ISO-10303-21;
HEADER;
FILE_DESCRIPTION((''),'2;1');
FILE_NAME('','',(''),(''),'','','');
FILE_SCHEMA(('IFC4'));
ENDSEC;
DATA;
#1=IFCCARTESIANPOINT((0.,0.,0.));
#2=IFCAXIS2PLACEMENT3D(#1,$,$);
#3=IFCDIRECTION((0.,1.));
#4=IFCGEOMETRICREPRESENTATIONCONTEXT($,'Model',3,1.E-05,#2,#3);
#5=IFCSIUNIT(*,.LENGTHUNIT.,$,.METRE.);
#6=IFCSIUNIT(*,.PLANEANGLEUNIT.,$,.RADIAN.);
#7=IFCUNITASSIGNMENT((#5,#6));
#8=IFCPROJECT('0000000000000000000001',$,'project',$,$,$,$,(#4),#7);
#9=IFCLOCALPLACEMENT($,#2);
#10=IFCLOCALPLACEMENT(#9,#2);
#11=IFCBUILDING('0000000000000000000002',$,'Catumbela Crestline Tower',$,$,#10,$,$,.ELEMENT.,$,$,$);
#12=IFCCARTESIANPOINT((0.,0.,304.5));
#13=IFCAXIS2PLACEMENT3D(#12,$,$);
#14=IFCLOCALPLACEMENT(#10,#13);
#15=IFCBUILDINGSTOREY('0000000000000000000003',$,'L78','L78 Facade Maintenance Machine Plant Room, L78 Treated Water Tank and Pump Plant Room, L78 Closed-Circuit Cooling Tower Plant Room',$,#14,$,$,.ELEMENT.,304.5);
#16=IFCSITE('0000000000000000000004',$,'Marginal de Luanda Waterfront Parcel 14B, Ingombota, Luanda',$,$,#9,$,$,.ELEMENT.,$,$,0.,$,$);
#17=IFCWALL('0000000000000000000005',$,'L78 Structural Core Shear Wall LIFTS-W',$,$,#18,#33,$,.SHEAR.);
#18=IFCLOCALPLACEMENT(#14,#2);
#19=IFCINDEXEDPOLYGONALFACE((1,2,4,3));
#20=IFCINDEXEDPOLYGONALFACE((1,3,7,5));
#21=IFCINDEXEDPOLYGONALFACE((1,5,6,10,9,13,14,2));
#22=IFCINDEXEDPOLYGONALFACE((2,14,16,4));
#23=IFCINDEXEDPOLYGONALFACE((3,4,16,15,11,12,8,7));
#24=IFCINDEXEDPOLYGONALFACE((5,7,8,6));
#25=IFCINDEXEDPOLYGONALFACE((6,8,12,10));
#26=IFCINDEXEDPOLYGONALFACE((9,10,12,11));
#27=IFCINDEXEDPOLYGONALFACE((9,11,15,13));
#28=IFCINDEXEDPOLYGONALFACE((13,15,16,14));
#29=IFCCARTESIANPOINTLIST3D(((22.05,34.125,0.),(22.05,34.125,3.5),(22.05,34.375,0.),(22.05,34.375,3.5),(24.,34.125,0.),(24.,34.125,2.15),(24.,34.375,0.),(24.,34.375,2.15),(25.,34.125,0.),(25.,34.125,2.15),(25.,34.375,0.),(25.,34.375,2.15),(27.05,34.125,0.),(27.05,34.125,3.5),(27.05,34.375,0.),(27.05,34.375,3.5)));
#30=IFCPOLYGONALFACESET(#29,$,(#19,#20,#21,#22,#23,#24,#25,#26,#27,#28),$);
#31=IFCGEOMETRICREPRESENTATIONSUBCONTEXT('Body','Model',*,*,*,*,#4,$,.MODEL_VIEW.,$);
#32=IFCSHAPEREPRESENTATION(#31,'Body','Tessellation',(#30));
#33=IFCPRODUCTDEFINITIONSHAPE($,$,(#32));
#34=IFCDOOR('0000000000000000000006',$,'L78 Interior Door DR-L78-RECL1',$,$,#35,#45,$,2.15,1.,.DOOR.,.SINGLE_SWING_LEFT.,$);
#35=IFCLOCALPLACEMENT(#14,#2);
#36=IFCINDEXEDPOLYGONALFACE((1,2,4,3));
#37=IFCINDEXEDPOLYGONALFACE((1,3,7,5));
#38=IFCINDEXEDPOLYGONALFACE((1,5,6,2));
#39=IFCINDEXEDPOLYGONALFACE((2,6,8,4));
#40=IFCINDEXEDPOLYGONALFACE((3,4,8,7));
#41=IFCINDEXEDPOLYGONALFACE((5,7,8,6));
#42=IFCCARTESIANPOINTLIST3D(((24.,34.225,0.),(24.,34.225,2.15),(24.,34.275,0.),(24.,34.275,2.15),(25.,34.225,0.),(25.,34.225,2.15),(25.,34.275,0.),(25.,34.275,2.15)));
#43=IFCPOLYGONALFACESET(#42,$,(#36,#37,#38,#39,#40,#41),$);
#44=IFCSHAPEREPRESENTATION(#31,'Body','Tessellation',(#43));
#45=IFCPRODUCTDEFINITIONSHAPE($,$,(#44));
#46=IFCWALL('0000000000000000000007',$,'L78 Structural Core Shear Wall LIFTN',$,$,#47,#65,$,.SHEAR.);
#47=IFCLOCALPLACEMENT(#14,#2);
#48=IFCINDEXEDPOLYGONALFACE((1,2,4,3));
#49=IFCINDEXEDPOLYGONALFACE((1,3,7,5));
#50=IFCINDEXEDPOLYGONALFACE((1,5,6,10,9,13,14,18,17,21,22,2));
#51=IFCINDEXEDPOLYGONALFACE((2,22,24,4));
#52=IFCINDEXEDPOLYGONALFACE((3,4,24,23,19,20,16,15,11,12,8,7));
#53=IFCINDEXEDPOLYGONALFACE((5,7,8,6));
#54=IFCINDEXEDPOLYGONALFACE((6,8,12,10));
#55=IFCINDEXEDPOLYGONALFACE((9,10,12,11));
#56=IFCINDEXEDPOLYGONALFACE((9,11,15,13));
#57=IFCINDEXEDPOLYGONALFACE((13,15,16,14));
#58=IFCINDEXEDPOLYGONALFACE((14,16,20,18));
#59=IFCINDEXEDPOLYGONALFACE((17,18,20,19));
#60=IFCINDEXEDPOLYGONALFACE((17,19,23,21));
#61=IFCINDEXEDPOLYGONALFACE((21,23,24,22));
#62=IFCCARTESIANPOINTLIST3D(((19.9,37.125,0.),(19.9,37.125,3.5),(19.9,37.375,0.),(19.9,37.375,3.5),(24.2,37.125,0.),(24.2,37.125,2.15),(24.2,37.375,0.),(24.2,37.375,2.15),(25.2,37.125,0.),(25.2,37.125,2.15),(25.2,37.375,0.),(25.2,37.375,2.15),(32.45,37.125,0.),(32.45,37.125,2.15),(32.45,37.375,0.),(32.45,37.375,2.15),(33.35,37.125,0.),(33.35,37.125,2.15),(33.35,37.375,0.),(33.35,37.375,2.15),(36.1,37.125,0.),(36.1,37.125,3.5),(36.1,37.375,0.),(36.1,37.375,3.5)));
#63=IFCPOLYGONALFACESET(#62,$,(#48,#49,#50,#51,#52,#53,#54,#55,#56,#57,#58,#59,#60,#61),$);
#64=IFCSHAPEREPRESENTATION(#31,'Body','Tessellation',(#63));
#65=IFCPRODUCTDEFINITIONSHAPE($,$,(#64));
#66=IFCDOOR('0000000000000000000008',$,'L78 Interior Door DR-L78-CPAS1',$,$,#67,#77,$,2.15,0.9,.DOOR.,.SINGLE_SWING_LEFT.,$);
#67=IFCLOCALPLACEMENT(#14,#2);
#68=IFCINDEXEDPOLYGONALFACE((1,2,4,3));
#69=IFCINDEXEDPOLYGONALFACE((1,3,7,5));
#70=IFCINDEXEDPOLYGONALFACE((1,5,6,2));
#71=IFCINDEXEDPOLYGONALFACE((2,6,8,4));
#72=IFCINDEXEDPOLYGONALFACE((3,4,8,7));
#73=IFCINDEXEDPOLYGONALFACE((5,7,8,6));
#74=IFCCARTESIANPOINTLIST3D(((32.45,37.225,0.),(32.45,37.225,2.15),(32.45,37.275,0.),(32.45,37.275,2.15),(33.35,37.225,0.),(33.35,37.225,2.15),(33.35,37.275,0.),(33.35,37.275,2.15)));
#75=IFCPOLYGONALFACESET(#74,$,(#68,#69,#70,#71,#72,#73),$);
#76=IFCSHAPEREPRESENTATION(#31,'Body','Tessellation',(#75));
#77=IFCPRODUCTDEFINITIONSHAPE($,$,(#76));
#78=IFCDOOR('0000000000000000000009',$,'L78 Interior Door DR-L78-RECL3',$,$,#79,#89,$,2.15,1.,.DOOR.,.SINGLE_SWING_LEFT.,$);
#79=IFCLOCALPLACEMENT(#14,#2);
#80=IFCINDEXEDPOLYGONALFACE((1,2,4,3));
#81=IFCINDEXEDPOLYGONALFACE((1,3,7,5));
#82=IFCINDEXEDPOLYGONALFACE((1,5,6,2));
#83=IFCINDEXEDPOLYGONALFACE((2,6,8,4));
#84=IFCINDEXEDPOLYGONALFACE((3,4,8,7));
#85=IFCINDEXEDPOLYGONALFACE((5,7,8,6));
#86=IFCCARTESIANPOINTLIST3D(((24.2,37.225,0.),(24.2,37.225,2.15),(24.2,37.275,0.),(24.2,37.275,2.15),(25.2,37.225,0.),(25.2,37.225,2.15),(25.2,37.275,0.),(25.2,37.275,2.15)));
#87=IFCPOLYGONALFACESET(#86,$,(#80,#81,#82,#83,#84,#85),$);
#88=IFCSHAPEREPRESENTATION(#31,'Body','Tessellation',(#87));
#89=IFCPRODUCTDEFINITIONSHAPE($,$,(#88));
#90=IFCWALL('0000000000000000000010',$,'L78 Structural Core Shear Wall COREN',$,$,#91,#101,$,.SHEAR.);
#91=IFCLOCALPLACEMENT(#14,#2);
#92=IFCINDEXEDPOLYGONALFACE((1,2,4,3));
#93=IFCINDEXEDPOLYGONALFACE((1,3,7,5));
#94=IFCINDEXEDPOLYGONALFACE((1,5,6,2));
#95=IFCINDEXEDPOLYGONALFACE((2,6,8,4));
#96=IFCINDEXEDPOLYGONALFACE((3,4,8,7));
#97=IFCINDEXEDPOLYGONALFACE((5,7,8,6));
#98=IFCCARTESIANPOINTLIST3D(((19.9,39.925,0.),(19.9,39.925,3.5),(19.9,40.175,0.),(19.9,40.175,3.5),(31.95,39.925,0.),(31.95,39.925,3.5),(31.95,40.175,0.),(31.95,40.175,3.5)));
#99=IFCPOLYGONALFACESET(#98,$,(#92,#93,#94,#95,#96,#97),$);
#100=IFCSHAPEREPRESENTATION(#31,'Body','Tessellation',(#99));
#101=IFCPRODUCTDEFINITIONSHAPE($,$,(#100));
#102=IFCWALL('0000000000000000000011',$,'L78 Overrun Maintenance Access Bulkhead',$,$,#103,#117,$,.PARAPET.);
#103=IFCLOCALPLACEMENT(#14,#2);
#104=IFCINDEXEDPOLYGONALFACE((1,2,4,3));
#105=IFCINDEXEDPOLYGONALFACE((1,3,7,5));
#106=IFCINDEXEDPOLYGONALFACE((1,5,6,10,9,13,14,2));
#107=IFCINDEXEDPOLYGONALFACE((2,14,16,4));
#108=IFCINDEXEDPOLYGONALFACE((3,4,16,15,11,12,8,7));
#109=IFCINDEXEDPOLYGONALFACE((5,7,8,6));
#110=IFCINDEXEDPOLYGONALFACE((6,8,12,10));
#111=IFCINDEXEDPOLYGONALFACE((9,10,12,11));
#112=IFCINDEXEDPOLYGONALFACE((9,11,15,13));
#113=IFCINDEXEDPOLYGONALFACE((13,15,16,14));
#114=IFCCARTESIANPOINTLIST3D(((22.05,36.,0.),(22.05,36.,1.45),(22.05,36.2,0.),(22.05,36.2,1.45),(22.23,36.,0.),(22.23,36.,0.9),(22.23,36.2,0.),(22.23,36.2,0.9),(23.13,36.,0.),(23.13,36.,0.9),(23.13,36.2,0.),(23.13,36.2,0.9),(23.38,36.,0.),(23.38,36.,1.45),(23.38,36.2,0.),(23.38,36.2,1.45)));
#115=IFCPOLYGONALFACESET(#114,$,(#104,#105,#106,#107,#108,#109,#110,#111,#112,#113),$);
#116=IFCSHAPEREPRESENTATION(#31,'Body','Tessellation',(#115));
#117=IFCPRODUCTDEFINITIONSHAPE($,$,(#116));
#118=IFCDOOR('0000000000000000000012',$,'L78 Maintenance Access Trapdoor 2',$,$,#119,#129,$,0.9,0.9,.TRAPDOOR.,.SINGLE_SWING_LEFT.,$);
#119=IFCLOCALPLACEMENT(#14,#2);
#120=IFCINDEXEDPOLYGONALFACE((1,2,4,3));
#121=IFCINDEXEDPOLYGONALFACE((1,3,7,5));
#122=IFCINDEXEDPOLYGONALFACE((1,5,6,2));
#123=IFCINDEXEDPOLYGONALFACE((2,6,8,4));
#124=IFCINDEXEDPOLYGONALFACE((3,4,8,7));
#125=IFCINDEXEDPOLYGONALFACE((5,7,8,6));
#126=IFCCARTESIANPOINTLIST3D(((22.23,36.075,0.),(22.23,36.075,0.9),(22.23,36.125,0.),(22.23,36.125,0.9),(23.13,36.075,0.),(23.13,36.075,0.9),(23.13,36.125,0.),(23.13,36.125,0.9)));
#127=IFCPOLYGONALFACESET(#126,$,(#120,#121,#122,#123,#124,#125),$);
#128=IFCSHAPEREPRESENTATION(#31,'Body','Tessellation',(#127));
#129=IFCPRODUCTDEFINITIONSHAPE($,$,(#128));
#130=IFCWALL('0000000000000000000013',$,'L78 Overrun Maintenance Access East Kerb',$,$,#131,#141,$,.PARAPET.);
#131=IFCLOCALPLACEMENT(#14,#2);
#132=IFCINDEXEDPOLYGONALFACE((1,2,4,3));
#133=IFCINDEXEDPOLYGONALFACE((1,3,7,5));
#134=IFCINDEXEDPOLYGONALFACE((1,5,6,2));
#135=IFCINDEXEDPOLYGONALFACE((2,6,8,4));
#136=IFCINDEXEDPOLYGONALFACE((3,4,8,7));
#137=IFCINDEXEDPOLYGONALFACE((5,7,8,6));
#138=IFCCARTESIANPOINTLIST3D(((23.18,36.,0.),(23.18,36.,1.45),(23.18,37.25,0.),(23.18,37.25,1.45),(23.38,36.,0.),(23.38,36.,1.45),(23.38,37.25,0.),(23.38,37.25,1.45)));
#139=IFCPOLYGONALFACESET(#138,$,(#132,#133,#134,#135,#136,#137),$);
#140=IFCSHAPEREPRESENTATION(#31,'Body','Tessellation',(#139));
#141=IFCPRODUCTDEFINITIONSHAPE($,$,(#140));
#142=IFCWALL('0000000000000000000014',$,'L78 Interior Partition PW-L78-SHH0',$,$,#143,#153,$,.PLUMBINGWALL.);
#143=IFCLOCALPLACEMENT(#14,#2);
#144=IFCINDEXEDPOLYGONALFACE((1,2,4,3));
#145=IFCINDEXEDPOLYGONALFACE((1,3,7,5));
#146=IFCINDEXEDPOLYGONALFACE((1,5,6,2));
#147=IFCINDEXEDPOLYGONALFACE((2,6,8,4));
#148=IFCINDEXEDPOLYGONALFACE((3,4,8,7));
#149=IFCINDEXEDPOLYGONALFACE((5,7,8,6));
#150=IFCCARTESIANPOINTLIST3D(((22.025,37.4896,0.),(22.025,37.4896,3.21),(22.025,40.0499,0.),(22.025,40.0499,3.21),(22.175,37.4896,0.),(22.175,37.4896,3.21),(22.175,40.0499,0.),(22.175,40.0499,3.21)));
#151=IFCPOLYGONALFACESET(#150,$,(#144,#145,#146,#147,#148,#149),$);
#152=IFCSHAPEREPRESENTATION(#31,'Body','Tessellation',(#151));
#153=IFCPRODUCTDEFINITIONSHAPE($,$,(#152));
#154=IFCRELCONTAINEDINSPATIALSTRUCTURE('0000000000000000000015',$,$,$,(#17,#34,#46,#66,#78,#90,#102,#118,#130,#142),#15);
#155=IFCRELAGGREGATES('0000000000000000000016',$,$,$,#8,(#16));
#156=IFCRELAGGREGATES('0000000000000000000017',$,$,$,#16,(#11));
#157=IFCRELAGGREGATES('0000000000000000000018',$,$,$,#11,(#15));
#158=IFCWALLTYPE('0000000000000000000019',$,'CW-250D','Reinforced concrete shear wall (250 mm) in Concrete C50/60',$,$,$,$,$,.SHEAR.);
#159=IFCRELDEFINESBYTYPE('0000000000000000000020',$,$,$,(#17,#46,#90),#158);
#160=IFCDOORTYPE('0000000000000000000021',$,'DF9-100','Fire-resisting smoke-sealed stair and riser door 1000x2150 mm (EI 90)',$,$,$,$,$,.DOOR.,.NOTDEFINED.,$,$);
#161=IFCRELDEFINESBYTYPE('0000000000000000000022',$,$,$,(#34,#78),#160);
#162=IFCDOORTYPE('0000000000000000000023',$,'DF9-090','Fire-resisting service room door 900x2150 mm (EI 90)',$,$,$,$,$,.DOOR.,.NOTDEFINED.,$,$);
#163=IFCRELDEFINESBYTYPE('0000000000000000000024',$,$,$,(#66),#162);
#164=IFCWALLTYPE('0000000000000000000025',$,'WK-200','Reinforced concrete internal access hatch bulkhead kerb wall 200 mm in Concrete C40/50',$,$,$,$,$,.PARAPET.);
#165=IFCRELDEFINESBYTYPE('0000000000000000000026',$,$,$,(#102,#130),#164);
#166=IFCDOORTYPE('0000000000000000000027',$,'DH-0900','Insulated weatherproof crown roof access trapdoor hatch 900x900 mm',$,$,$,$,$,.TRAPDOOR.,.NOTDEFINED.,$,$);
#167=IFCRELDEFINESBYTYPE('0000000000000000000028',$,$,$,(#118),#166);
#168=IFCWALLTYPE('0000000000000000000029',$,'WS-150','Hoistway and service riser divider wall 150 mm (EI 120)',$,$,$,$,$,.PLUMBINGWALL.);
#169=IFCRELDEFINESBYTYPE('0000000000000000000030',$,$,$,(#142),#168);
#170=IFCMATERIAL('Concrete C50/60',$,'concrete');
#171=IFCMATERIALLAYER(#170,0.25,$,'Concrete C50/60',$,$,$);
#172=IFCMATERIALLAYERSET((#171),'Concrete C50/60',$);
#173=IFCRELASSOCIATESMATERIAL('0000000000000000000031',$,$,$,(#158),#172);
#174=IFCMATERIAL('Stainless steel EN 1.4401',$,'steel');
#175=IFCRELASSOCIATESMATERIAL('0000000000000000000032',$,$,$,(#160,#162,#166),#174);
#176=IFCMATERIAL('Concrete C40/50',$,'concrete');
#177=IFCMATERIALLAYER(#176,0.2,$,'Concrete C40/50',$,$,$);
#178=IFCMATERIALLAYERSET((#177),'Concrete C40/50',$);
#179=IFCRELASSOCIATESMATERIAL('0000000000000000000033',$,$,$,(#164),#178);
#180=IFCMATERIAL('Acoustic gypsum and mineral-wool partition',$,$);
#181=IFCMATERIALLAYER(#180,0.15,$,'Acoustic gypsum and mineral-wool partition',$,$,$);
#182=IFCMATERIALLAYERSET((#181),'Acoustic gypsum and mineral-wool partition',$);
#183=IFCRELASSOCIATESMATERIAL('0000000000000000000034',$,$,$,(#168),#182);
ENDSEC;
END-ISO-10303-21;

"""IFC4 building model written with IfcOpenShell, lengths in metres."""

from ifc_helpers import new_model, si_unit, direction, frame, frame_2d, origin, place, context, subcontext, project, spatial, rectangle, extrude, material, layer, layer_set, type_object, element, fill, save


model = new_model("IFC4")

# Units and contexts
model_context = context("Model", 3, precision=1e-05, world=origin(), true_north=direction((0.0, 1.0)))
body_context = subcontext(model_context, "Body", "Model", "MODEL_VIEW")
ifc_project = project(units=[si_unit("LENGTHUNIT", "METRE"), si_unit("PLANEANGLEUNIT", "RADIAN")], contexts=[model_context])

# Site, building, storey
site_placement = place(None, origin())
site = spatial("IfcSite", under=ifc_project, at=site_placement, Name="Marginal de Luanda Waterfront Parcel 14B, Ingombota, Luanda", CompositionType="ELEMENT", RefElevation=0.0)
building_placement = place(site_placement, origin())
building = spatial("IfcBuilding", under=site, at=building_placement, Name="Catumbela Crestline Tower", CompositionType="ELEMENT")
storey_placement = place(building_placement, frame((0.0, 0.0, 304.5)))
storey = spatial("IfcBuildingStorey", under=building, at=storey_placement, Name="L78", Description="L78 Facade Maintenance Machine Plant Room, L78 Treated Water Tank and Pump Plant Room, L78 Closed-Circuit Cooling Tower Plant Room", CompositionType="ELEMENT", Elevation=304.5)

# Wall, opening, door
ifc_material_1 = material(Name="Concrete C50/60", Category="concrete")
ifc_layer_1 = layer(ifc_material_1, 0.25, Name="Concrete C50/60")
ifc_layer_set_1 = layer_set([ifc_layer_1], Name="Concrete C50/60")
wall_type_1 = type_object("IfcWallType", Name="CW-250D", Description="Reinforced concrete shear wall (250 mm) in Concrete C50/60", PredefinedType="SHEAR", material=ifc_layer_set_1)
wall_1_placement = place(storey_placement, frame((22.05, 34.25, 0.0), z_axis=(0.0, 0.0, 1.0), x_axis=(1.0, 0.0, 0.0)))
wall_1 = element("IfcWall", 1, at=wall_1_placement, inside=storey, type_object=wall_type_1, Name="L78 Structural Core Shear Wall LIFTS-W", PredefinedType="SHEAR", context=body_context, shape_type="SweptSolid", body=[
    extrude(rectangle(XDim=5.0, YDim=0.25, at=frame_2d((2.5, 0.0))), origin(), (0.0, 0.0, 1.0), 3.5),
])
opening_1_placement = place(wall_1_placement, frame((1.95, 0.0, 0.0)))
opening_1 = element("IfcOpeningElement", 2, at=opening_1_placement, cuts=wall_1, PredefinedType="OPENING", context=body_context, shape_type="SweptSolid", body=[
    extrude(rectangle(XDim=1.0, YDim=2.15, at=frame_2d((0.5, 1.075))), frame((0.0, 0.135, 0.0), z_axis=(0.0, -1.0, 0.0), x_axis=(1.0, 0.0, 0.0)), (0.0, 0.0, 1.0), 0.27),
])
ifc_material_2 = material(Name="Stainless steel EN 1.4401", Category="steel")
door_type_1 = type_object("IfcDoorType", Name="DF9-100", Description="Fire-resisting smoke-sealed stair and riser door 1000x2150 mm (EI 90)", OperationType="NOTDEFINED", PredefinedType="DOOR", material=ifc_material_2)
door_1_placement = place(opening_1_placement, origin())
door_1 = element("IfcDoor", 3, at=door_1_placement, inside=storey, type_object=door_type_1, Name="L78 Interior Door DR-L78-RECL1", OperationType="SINGLE_SWING_LEFT", OverallHeight=2.15, OverallWidth=1.0, PredefinedType="DOOR", context=body_context, shape_type="SweptSolid", body=[
    extrude(rectangle(XDim=1.0, YDim=2.15, at=frame_2d((0.5, 1.075))), frame((0.0, 0.025, 0.0), z_axis=(0.0, -1.0, 0.0), x_axis=(1.0, 0.0, 0.0)), (0.0, 0.0, 1.0), 0.05),
])
fill(opening_1, door_1)

# Wall, openings, doors
wall_2_placement = place(storey_placement, frame((19.9, 37.25, 0.0), z_axis=(0.0, 0.0, 1.0), x_axis=(1.0, 0.0, 0.0)))
wall_2 = element("IfcWall", 4, at=wall_2_placement, inside=storey, type_object=wall_type_1, Name="L78 Structural Core Shear Wall LIFTN", PredefinedType="SHEAR", context=body_context, shape_type="SweptSolid", body=[
    extrude(rectangle(XDim=16.2, YDim=0.25, at=frame_2d((8.1, 0.0))), origin(), (0.0, 0.0, 1.0), 3.5),
])
opening_2_placement = place(wall_2_placement, frame((4.3, 0.0, 0.0)))
opening_2 = element("IfcOpeningElement", 5, at=opening_2_placement, cuts=wall_2, PredefinedType="OPENING", context=body_context, shape_type="SweptSolid", body=[
    extrude(rectangle(XDim=1.0, YDim=2.15, at=frame_2d((0.5, 1.075))), frame((0.0, 0.135, 0.0), z_axis=(0.0, -1.0, 0.0), x_axis=(1.0, 0.0, 0.0)), (0.0, 0.0, 1.0), 0.27),
])
opening_3_placement = place(wall_2_placement, frame((12.55, 0.0, 0.0)))
opening_3 = element("IfcOpeningElement", 6, at=opening_3_placement, cuts=wall_2, PredefinedType="OPENING", context=body_context, shape_type="SweptSolid", body=[
    extrude(rectangle(XDim=0.9, YDim=2.15, at=frame_2d((0.45, 1.075))), frame((0.0, 0.135, 0.0), z_axis=(0.0, -1.0, 0.0), x_axis=(1.0, 0.0, 0.0)), (0.0, 0.0, 1.0), 0.27),
])
door_type_2 = type_object("IfcDoorType", Name="DF9-090", Description="Fire-resisting service room door 900x2150 mm (EI 90)", OperationType="NOTDEFINED", PredefinedType="DOOR", material=ifc_material_2)
door_2_placement = place(opening_3_placement, origin())
door_2 = element("IfcDoor", 7, at=door_2_placement, inside=storey, type_object=door_type_2, Name="L78 Interior Door DR-L78-CPAS1", OperationType="SINGLE_SWING_LEFT", OverallHeight=2.15, OverallWidth=0.9, PredefinedType="DOOR", context=body_context, shape_type="SweptSolid", body=[
    extrude(rectangle(XDim=0.9, YDim=2.15, at=frame_2d((0.45, 1.075))), frame((0.0, 0.025, 0.0), z_axis=(0.0, -1.0, 0.0), x_axis=(1.0, 0.0, 0.0)), (0.0, 0.0, 1.0), 0.05),
])
fill(opening_3, door_2)
door_3_placement = place(opening_2_placement, origin())
door_3 = element("IfcDoor", 8, at=door_3_placement, inside=storey, type_object=door_type_1, Name="L78 Interior Door DR-L78-RECL3", OperationType="SINGLE_SWING_LEFT", OverallHeight=2.15, OverallWidth=1.0, PredefinedType="DOOR", context=body_context, shape_type="SweptSolid", body=[
    extrude(rectangle(XDim=1.0, YDim=2.15, at=frame_2d((0.5, 1.075))), frame((0.0, 0.025, 0.0), z_axis=(0.0, -1.0, 0.0), x_axis=(1.0, 0.0, 0.0)), (0.0, 0.0, 1.0), 0.05),
])
fill(opening_2, door_3)

# Wall
wall_3_placement = place(storey_placement, frame((19.9, 40.05, 0.0), z_axis=(0.0, 0.0, 1.0), x_axis=(1.0, 0.0, 0.0)))
element("IfcWall", 9, at=wall_3_placement, inside=storey, type_object=wall_type_1, Name="L78 Structural Core Shear Wall COREN", PredefinedType="SHEAR", context=body_context, shape_type="SweptSolid", body=[
    extrude(rectangle(XDim=12.05, YDim=0.25, at=frame_2d((6.025, 0.0))), origin(), (0.0, 0.0, 1.0), 3.5),
])

# Wall, opening, door
ifc_material_3 = material(Name="Concrete C40/50", Category="concrete")
ifc_layer_2 = layer(ifc_material_3, 0.2, Name="Concrete C40/50")
ifc_layer_set_2 = layer_set([ifc_layer_2], Name="Concrete C40/50")
wall_type_2 = type_object("IfcWallType", Name="WK-200", Description="Reinforced concrete internal access hatch bulkhead kerb wall 200 mm in Concrete C40/50", PredefinedType="PARAPET", material=ifc_layer_set_2)
wall_4_placement = place(storey_placement, frame((22.05, 36.1, 0.0), z_axis=(0.0, 0.0, 1.0), x_axis=(1.0, 0.0, 0.0)))
wall_4 = element("IfcWall", 10, at=wall_4_placement, inside=storey, type_object=wall_type_2, Name="L78 Overrun Maintenance Access Bulkhead", PredefinedType="PARAPET", context=body_context, shape_type="SweptSolid", body=[
    extrude(rectangle(XDim=1.33, YDim=0.2, at=frame_2d((0.665, 0.0))), origin(), (0.0, 0.0, 1.0), 1.45),
])
opening_4_placement = place(wall_4_placement, frame((0.18, 0.0, 0.0)))
opening_4 = element("IfcOpeningElement", 11, at=opening_4_placement, cuts=wall_4, PredefinedType="OPENING", context=body_context, shape_type="SweptSolid", body=[
    extrude(rectangle(XDim=0.9, YDim=0.9, at=frame_2d((0.45, 0.45))), frame((0.0, 0.11, 0.0), z_axis=(0.0, -1.0, 0.0), x_axis=(1.0, 0.0, 0.0)), (0.0, 0.0, 1.0), 0.22),
])
door_type_3 = type_object("IfcDoorType", Name="DH-0900", Description="Insulated weatherproof crown roof access trapdoor hatch 900x900 mm", OperationType="NOTDEFINED", PredefinedType="TRAPDOOR", material=ifc_material_2)
door_4_placement = place(opening_4_placement, origin())
door_4 = element("IfcDoor", 12, at=door_4_placement, inside=storey, type_object=door_type_3, Name="L78 Maintenance Access Trapdoor 2", OperationType="SINGLE_SWING_LEFT", OverallHeight=0.9, OverallWidth=0.9, PredefinedType="TRAPDOOR", context=body_context, shape_type="SweptSolid", body=[
    extrude(rectangle(XDim=0.9, YDim=0.9, at=frame_2d((0.45, 0.45))), frame((0.0, 0.025, 0.0), z_axis=(0.0, -1.0, 0.0), x_axis=(1.0, 0.0, 0.0)), (0.0, 0.0, 1.0), 0.05),
])
fill(opening_4, door_4)

# Walls
wall_5_placement = place(storey_placement, frame((23.28, 36.0, 0.0), z_axis=(0.0, 0.0, 1.0), x_axis=(0.0, 1.0, 0.0)))
element("IfcWall", 13, at=wall_5_placement, inside=storey, type_object=wall_type_2, Name="L78 Overrun Maintenance Access East Kerb", PredefinedType="PARAPET", context=body_context, shape_type="SweptSolid", body=[
    extrude(rectangle(XDim=1.25, YDim=0.2, at=frame_2d((0.625, 0.0))), origin(), (0.0, 0.0, 1.0), 1.45),
])
ifc_material_4 = material(Name="Acoustic gypsum and mineral-wool partition")
ifc_layer_3 = layer(ifc_material_4, 0.15, Name="Acoustic gypsum and mineral-wool partition")
ifc_layer_set_3 = layer_set([ifc_layer_3], Name="Acoustic gypsum and mineral-wool partition")
wall_type_3 = type_object("IfcWallType", Name="WS-150", Description="Hoistway and service riser divider wall 150 mm (EI 120)", PredefinedType="PLUMBINGWALL", material=ifc_layer_set_3)
wall_6_placement = place(storey_placement, frame((22.1, 37.4897, 0.0), z_axis=(0.0, 0.0, 1.0), x_axis=(0.0, 1.0, 0.0)))
element("IfcWall", 14, at=wall_6_placement, inside=storey, type_object=wall_type_3, Name="L78 Interior Partition PW-L78-SHH0", PredefinedType="PLUMBINGWALL", context=body_context, shape_type="SweptSolid", body=[
    extrude(rectangle(XDim=2.5603, YDim=0.15, at=frame_2d((1.2801, 0.0))), origin(), (0.0, 0.0, 1.0), 3.21),
])

save(model, "model.ifc")
